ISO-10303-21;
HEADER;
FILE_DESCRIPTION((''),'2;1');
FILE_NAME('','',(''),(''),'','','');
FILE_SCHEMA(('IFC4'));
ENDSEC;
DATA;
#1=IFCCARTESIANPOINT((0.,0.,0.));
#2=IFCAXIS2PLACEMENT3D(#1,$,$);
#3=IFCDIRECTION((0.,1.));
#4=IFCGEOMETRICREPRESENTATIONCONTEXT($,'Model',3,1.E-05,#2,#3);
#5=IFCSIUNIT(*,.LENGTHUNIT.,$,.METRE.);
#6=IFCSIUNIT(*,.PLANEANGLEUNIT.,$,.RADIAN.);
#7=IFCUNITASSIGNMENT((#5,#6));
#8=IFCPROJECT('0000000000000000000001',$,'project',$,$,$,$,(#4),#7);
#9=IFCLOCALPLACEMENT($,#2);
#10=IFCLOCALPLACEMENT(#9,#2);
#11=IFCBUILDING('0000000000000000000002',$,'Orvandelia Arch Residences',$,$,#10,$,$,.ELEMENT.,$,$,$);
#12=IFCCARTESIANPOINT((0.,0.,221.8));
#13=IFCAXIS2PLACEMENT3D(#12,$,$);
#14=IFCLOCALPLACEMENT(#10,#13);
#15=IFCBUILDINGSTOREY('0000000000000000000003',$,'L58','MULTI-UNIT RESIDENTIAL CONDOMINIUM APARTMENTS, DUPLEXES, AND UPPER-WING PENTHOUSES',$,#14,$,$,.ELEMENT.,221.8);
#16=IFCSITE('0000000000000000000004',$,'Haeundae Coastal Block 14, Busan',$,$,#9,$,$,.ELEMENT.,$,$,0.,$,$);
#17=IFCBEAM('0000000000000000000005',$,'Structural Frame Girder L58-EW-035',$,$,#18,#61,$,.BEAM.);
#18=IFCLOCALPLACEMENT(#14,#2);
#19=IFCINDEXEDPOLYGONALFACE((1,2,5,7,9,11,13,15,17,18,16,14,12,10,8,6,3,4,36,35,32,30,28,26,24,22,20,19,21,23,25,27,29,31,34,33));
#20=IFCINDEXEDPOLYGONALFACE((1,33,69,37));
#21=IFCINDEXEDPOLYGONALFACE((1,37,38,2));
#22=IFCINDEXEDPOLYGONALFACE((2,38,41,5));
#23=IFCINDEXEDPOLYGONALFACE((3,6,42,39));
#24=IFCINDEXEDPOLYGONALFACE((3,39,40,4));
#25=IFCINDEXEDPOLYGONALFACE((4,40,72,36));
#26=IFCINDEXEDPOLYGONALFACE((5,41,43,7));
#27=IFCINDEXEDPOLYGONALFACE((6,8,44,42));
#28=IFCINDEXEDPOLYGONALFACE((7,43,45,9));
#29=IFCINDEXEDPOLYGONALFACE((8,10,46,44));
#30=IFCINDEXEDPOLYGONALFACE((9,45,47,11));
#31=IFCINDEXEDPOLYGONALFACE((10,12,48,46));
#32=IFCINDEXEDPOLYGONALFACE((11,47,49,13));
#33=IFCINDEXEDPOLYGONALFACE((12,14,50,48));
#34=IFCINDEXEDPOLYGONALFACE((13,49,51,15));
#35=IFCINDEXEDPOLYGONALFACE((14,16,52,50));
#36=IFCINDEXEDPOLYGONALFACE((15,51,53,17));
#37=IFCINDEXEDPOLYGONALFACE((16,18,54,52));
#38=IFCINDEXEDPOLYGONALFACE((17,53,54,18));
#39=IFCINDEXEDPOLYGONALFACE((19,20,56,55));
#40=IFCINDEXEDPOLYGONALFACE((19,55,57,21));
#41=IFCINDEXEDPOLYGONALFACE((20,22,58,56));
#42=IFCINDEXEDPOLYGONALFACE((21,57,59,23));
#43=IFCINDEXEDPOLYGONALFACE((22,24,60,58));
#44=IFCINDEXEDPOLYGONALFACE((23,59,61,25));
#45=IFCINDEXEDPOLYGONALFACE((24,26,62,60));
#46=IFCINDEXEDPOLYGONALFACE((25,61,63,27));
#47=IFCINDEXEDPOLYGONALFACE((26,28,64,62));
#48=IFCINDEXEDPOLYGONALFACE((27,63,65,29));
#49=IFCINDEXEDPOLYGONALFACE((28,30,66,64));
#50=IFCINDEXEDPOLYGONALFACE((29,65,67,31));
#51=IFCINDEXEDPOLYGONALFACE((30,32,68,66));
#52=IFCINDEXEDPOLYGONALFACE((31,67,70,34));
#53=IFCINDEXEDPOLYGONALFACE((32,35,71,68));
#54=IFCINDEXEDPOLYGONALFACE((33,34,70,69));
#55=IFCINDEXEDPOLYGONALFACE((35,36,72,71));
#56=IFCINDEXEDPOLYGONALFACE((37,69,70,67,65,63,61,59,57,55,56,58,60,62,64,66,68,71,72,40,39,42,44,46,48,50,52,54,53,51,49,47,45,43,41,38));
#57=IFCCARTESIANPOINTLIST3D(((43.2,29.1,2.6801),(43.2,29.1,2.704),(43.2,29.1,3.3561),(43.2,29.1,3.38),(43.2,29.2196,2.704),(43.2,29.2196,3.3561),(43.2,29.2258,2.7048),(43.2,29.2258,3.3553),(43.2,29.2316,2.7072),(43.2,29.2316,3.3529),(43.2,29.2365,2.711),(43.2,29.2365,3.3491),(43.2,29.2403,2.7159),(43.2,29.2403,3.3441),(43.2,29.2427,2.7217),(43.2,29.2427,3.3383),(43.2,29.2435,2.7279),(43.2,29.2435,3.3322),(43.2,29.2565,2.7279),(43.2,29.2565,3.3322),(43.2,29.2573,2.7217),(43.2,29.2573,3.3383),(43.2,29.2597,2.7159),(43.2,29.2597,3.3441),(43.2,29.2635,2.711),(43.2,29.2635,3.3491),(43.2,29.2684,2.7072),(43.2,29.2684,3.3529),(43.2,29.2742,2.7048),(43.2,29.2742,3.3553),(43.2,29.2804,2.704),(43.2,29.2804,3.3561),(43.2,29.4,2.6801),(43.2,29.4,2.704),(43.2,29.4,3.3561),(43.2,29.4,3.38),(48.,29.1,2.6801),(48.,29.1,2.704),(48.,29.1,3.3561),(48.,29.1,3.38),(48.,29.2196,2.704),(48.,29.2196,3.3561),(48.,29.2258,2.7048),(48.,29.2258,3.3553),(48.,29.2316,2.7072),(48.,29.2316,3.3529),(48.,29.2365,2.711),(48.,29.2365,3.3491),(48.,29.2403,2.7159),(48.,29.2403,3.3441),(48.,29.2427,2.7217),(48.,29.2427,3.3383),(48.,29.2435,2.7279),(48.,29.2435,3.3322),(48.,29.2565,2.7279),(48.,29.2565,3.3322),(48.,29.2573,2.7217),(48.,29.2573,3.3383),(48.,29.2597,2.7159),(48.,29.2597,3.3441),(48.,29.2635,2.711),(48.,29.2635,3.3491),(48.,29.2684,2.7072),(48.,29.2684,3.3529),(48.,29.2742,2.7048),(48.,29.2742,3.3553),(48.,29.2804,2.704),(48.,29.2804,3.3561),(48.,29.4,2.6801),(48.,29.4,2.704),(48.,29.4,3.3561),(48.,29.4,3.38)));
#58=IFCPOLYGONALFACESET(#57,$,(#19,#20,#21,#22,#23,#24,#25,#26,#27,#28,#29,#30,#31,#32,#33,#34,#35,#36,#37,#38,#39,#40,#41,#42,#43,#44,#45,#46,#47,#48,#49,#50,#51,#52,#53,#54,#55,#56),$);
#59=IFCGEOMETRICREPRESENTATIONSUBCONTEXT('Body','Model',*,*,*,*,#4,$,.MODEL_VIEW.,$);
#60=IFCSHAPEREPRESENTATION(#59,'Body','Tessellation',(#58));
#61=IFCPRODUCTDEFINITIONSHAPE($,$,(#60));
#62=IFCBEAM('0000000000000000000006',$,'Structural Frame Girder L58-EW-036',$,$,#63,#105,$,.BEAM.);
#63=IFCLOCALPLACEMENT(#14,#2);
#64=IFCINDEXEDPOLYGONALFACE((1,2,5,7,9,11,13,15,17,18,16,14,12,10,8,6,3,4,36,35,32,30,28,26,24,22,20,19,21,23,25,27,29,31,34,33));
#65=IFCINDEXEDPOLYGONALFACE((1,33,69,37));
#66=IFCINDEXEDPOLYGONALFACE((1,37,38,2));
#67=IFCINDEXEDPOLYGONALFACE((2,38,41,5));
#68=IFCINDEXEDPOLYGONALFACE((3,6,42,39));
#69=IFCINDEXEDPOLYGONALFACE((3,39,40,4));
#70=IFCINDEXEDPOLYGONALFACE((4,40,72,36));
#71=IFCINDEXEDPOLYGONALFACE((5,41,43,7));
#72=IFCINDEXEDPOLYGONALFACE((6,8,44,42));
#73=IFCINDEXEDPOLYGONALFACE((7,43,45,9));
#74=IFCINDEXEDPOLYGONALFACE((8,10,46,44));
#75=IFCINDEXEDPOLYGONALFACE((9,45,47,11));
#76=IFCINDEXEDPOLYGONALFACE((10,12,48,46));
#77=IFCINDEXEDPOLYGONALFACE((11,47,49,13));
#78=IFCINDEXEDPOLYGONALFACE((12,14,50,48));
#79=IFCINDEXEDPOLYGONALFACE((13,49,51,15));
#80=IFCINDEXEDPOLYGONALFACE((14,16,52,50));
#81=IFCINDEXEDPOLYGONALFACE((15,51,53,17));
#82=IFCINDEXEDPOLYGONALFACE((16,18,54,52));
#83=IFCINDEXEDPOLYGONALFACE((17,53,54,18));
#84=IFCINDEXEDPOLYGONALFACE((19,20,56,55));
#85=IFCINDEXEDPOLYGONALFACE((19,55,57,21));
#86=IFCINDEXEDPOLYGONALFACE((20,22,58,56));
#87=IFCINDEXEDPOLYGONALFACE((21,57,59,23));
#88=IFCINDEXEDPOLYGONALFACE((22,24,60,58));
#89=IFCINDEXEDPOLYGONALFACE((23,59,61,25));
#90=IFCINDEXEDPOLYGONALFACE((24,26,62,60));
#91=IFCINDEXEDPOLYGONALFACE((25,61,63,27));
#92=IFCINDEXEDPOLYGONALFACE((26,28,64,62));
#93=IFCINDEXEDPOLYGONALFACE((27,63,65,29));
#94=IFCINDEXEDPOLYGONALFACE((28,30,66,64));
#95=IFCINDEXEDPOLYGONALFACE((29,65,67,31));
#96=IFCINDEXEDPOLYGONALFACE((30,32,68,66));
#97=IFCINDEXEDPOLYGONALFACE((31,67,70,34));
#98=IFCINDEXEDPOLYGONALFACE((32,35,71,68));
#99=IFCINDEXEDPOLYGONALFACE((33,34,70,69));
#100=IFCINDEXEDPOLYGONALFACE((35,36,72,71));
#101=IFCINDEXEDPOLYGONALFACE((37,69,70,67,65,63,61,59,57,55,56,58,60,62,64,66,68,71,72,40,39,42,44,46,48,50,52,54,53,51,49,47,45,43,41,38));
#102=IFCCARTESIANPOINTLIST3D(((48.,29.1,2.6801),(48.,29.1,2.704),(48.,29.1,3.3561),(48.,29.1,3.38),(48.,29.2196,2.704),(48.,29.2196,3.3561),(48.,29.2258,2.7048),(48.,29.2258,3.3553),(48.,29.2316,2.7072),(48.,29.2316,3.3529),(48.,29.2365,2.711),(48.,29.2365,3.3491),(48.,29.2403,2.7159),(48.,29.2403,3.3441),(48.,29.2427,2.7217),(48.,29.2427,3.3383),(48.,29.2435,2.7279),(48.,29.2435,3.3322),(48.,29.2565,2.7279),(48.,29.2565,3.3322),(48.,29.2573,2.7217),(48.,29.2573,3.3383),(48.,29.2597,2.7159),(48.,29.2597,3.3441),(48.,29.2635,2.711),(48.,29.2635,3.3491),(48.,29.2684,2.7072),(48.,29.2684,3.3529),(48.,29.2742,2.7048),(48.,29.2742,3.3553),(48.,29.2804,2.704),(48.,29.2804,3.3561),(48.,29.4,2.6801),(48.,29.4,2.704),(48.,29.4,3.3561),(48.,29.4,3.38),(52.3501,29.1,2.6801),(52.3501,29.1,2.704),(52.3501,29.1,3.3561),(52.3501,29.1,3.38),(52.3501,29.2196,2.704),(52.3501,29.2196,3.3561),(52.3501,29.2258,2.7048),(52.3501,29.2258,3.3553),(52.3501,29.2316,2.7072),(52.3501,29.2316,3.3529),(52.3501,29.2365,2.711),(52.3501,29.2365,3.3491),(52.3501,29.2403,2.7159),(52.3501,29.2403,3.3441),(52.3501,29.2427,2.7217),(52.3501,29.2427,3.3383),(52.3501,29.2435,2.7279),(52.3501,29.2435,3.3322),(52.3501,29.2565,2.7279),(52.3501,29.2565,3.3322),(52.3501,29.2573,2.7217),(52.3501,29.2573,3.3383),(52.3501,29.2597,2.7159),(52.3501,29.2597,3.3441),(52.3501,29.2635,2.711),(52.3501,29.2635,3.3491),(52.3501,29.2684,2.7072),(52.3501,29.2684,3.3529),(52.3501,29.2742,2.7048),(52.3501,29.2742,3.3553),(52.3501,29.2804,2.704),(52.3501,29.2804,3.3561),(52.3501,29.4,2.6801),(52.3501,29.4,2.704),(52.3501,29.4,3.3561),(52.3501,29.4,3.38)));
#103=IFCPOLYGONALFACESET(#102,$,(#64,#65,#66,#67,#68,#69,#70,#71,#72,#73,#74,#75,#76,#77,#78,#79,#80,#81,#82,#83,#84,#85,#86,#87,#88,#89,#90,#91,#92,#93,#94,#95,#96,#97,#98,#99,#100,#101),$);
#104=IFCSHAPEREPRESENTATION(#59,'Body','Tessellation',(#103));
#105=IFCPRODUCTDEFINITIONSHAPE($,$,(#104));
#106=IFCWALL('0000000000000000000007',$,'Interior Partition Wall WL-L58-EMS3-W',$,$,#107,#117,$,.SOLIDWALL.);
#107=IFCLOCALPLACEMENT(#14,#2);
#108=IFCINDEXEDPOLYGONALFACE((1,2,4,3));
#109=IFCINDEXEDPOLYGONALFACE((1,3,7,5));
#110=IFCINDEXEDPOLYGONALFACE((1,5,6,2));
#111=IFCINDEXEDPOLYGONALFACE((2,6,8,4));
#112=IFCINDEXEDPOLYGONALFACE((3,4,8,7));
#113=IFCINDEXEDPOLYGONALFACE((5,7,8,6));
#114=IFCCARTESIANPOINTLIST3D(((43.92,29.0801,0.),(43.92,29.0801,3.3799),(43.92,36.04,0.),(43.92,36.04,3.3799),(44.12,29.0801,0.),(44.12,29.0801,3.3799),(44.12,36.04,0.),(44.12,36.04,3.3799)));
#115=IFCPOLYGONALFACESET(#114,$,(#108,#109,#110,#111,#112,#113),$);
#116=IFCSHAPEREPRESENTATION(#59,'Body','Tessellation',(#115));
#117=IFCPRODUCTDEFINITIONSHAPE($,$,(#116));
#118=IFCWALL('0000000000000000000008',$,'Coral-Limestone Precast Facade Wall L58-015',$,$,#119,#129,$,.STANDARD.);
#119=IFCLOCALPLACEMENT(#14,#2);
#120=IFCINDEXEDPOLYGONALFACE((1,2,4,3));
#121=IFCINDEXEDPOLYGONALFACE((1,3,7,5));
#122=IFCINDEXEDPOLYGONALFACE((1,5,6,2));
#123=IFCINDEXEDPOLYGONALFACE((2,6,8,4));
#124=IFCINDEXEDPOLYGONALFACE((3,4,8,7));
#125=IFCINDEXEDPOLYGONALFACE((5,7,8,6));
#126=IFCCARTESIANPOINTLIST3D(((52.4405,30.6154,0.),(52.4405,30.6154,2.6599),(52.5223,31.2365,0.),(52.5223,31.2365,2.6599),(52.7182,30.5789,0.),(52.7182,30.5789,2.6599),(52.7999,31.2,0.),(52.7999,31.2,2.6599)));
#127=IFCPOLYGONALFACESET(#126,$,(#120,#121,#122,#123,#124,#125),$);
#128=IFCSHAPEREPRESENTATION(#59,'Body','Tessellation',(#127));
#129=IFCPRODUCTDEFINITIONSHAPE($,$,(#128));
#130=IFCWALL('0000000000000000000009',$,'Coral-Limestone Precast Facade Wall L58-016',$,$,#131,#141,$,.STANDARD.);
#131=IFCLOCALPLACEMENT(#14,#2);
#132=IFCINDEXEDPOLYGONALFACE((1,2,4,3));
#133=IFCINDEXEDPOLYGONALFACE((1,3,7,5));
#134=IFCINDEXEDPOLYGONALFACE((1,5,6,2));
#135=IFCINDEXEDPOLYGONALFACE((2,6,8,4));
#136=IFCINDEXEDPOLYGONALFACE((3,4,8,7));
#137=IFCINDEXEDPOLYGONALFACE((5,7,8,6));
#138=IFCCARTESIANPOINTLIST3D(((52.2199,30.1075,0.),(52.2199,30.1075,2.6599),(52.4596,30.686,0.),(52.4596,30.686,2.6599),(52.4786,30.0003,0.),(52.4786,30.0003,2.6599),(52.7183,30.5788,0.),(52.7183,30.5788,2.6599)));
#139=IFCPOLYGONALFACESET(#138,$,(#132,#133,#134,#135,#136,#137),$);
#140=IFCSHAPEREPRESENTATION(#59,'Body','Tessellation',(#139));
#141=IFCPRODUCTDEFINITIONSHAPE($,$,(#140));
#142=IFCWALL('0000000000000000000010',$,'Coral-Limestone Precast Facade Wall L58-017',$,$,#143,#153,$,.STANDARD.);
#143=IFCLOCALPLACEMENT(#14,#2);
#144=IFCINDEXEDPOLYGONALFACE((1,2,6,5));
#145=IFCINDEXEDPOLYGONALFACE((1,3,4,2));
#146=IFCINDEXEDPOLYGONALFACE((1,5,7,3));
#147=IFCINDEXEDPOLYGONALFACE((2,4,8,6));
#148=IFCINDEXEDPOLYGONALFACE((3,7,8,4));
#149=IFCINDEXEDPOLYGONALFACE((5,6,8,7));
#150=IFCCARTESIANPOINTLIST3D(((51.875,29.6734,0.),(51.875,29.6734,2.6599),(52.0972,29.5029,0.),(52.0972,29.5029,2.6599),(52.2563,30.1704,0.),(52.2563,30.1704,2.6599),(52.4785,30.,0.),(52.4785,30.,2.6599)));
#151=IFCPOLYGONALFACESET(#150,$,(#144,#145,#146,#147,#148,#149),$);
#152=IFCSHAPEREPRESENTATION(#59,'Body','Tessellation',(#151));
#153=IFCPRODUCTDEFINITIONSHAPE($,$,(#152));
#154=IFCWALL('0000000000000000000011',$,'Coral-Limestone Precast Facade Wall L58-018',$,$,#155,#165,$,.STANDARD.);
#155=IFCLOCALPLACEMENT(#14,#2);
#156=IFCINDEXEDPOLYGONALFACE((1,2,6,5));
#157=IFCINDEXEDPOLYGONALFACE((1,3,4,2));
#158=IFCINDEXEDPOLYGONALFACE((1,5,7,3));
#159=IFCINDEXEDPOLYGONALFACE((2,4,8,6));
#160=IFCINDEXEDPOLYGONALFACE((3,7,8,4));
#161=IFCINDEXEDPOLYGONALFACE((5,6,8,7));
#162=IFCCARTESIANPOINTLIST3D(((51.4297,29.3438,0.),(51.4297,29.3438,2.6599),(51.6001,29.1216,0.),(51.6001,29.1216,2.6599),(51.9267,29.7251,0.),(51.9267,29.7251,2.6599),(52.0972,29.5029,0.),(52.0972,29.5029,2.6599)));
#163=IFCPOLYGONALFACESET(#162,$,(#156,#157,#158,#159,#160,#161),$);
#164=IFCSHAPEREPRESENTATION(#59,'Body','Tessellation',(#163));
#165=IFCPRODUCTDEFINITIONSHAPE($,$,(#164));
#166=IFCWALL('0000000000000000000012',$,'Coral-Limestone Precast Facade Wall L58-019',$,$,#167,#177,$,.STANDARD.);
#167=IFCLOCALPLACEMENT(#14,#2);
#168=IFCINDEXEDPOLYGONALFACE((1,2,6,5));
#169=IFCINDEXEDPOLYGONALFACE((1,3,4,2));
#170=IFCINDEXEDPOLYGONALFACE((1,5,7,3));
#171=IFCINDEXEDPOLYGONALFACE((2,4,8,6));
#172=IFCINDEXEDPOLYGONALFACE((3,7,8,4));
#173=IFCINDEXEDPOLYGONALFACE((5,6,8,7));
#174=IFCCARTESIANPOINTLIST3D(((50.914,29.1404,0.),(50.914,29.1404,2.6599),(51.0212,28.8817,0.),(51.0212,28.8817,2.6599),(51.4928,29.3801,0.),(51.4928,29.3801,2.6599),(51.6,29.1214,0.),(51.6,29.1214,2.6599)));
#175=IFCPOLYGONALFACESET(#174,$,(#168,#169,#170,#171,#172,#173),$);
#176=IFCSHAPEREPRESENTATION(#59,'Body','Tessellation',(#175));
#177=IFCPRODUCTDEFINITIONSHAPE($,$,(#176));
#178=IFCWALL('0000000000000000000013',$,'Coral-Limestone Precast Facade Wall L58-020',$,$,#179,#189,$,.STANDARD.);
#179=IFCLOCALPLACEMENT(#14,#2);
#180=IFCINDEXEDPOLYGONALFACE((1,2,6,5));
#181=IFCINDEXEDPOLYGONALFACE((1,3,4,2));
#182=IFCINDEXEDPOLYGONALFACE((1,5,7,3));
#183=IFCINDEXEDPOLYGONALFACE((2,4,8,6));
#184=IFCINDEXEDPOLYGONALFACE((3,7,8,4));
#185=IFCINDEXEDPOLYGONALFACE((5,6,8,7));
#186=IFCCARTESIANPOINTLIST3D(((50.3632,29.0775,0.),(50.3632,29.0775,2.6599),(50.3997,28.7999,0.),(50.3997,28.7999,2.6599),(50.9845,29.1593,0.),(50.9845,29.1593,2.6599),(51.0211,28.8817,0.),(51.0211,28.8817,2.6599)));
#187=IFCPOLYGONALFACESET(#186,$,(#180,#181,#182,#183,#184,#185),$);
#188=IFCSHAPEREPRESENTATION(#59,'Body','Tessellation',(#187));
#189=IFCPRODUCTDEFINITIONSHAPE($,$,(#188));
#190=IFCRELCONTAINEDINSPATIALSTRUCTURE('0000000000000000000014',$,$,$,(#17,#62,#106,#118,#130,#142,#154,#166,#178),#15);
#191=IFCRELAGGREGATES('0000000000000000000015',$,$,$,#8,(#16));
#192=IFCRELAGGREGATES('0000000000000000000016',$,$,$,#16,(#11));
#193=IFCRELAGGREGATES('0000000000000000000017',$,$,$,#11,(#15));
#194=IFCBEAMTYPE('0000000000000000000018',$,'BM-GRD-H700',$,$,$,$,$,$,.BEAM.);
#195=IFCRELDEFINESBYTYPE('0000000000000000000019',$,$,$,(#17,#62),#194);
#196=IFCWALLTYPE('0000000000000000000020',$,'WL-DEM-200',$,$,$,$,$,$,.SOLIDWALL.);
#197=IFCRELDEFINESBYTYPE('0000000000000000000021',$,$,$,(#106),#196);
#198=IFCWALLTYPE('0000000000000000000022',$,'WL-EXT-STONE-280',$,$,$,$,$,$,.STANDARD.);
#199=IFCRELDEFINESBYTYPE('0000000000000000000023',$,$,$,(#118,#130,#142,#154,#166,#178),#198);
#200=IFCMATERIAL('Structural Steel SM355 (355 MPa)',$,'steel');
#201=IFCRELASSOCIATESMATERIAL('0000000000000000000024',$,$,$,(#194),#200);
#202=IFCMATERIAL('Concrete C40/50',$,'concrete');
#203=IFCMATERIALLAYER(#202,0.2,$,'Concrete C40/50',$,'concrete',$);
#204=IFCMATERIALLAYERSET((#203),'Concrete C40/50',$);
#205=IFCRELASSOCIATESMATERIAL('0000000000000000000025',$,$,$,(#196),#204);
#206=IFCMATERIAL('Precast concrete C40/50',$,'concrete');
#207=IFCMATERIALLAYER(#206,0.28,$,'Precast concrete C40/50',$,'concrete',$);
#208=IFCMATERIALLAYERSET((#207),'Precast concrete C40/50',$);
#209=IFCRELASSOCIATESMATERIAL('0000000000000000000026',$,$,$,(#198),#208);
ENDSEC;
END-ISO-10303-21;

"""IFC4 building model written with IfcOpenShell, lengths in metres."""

from ifc_helpers import new_model, si_unit, direction, frame, frame_2d, origin, origin_2d, place, context, subcontext, project, spatial, rectangle, i_section, extrude, material, layer, layer_set, material_profile, profile_set, type_object, element, save


model = new_model("IFC4")

# Units and contexts
model_context = context("Model", 3, precision=1e-05, world=origin(), true_north=direction((0.0, 1.0)))
body_context = subcontext(model_context, "Body", "Model", "MODEL_VIEW")
ifc_project = project(units=[si_unit("LENGTHUNIT", "METRE"), si_unit("PLANEANGLEUNIT", "RADIAN")], contexts=[model_context])

# Site, building, storey
site_placement = place(None, origin())
site = spatial("IfcSite", under=ifc_project, at=site_placement, Name="Haeundae Coastal Block 14, Busan", CompositionType="ELEMENT", RefElevation=0.0)
building_placement = place(site_placement, origin())
building = spatial("IfcBuilding", under=site, at=building_placement, Name="Orvandelia Arch Residences", CompositionType="ELEMENT")
storey_placement = place(building_placement, frame((0.0, 0.0, 221.8)))
storey = spatial("IfcBuildingStorey", under=building, at=storey_placement, Name="L58", Description="MULTI-UNIT RESIDENTIAL CONDOMINIUM APARTMENTS, DUPLEXES, AND UPPER-WING PENTHOUSES", CompositionType="ELEMENT", Elevation=221.8)

# Beams
ifc_material_1 = material(Name="Structural Steel SM355 (355 MPa)", Category="steel")
ifc_material_profile_1 = material_profile(ifc_material_1, i_section(OverallWidth=0.3, OverallDepth=0.7, WebThickness=0.0129, FlangeThickness=0.0239, FilletRadius=0.0239, at=origin_2d()), Name="Structural Steel SM355 (355 MPa)", Category="steel")
ifc_profile_set_1 = profile_set([ifc_material_profile_1], Name="Structural Steel SM355 (355 MPa)")
beam_type = type_object("IfcBeamType", Name="BM-GRD-H700", PredefinedType="BEAM", material=ifc_profile_set_1)
beam_1_placement = place(storey_placement, frame((43.2, 29.25, 3.03), z_axis=(1.0, 0.0, 0.0), x_axis=(0.0, 1.0, 0.0)))
element("IfcBeam", 1, at=beam_1_placement, inside=storey, type_object=beam_type, Name="Structural Frame Girder L58-EW-035", PredefinedType="BEAM", context=body_context, shape_type="SweptSolid", body=[
    extrude(i_section(OverallWidth=0.3, OverallDepth=0.7, WebThickness=0.0129, FlangeThickness=0.0239, FilletRadius=0.0239, at=origin_2d()), origin(), (0.0, 0.0, 1.0), 4.8),
])
beam_2_placement = place(storey_placement, frame((48.0, 29.25, 3.03), z_axis=(1.0, 0.0, 0.0), x_axis=(0.0, 1.0, 0.0)))
element("IfcBeam", 2, at=beam_2_placement, inside=storey, type_object=beam_type, Name="Structural Frame Girder L58-EW-036", PredefinedType="BEAM", context=body_context, shape_type="SweptSolid", body=[
    extrude(i_section(OverallWidth=0.3, OverallDepth=0.7, WebThickness=0.0129, FlangeThickness=0.0239, FilletRadius=0.0239, at=origin_2d()), origin(), (0.0, 0.0, 1.0), 4.3501),
])

# Walls
ifc_material_2 = material(Name="Concrete C40/50", Category="concrete")
ifc_layer_1 = layer(ifc_material_2, 0.2, Name="Concrete C40/50", Category="concrete")
ifc_layer_set_1 = layer_set([ifc_layer_1], Name="Concrete C40/50")
wall_type_1 = type_object("IfcWallType", Name="WL-DEM-200", PredefinedType="SOLIDWALL", material=ifc_layer_set_1)
wall_1_placement = place(storey_placement, frame((44.02, 29.0801, 0.0), z_axis=(0.0, 0.0, 1.0), x_axis=(0.0, 1.0, 0.0)))
element("IfcWall", 3, at=wall_1_placement, inside=storey, type_object=wall_type_1, Name="Interior Partition Wall WL-L58-EMS3-W", PredefinedType="SOLIDWALL", context=body_context, shape_type="SweptSolid", body=[
    extrude(rectangle(XDim=6.96, YDim=0.2, at=frame_2d((3.48, 0.0))), origin(), (0.0, 0.0, 1.0), 3.3799),
])
ifc_material_3 = material(Name="Precast concrete C40/50", Category="concrete")
ifc_layer_2 = layer(ifc_material_3, 0.28, Name="Precast concrete C40/50", Category="concrete")
ifc_layer_set_2 = layer_set([ifc_layer_2], Name="Precast concrete C40/50")
wall_type_2 = type_object("IfcWallType", Name="WL-EXT-STONE-280", PredefinedType="STANDARD", material=ifc_layer_set_2)
wall_2_placement = place(storey_placement, frame((52.6611, 31.2183, 0.0), z_axis=(0.0, 0.0, 1.0), x_axis=(-0.130555, -0.991441, 0.0)))
element("IfcWall", 4, at=wall_2_placement, inside=storey, type_object=wall_type_2, Name="Coral-Limestone Precast Facade Wall L58-015", PredefinedType="STANDARD", context=body_context, shape_type="SweptSolid", body=[
    extrude(rectangle(XDim=0.6265, YDim=0.28, at=frame_2d((0.3132, 0.0))), origin(), (0.0, 0.0, 1.0), 2.6599),
])
wall_3_placement = place(storey_placement, frame((52.5889, 30.6323, 0.0), z_axis=(0.0, 0.0, 1.0), x_axis=(-0.382788, -0.923836, 0.0)))
element("IfcWall", 5, at=wall_3_placement, inside=storey, type_object=wall_type_2, Name="Coral-Limestone Precast Facade Wall L58-016", PredefinedType="STANDARD", context=body_context, shape_type="SweptSolid", body=[
    extrude(rectangle(XDim=0.6262, YDim=0.28, at=frame_2d((0.313, 0.0))), origin(), (0.0, 0.0, 1.0), 2.6599),
])
for number, where, z_axis, x_axis, name in (
    (6, (52.3674, 30.0852, 0.0), (0.0, 0.0, 1.0), (-0.608693, -0.793406, 0.0), "Coral-Limestone Precast Facade Wall L58-017"),
    (7, (52.012, 29.614, 0.0), (0.0, 0.0, 1.0), (-0.793406, -0.608693, 0.0), "Coral-Limestone Precast Facade Wall L58-018"),
    (8, (51.5464, 29.2507, 0.0), (0.0, 0.0, 1.0), (-0.923893, -0.38265, 0.0), "Coral-Limestone Precast Facade Wall L58-019"),
):
    element("IfcWall", number, at=place(storey_placement, frame(where, z_axis=z_axis, x_axis=x_axis)), inside=storey, type_object=wall_type_2, Name=name, PredefinedType="STANDARD", context=body_context, shape_type="SweptSolid", body=[
        extrude(rectangle(XDim=0.6265, YDim=0.28, at=frame_2d((0.3132, 0.0))), origin(), (0.0, 0.0, 1.0), 2.6599),
    ])
wall_4_placement = place(storey_placement, frame((51.0029, 29.0205, 0.0), z_axis=(0.0, 0.0, 1.0), x_axis=(-0.991448, -0.130505, 0.0)))
element("IfcWall", 9, at=wall_4_placement, inside=storey, type_object=wall_type_2, Name="Coral-Limestone Precast Facade Wall L58-020", PredefinedType="STANDARD", context=body_context, shape_type="SweptSolid", body=[
    extrude(rectangle(XDim=0.6267, YDim=0.28, at=frame_2d((0.3135, 0.0))), origin(), (0.0, 0.0, 1.0), 2.6599),
])

save(model, "model.ifc")
